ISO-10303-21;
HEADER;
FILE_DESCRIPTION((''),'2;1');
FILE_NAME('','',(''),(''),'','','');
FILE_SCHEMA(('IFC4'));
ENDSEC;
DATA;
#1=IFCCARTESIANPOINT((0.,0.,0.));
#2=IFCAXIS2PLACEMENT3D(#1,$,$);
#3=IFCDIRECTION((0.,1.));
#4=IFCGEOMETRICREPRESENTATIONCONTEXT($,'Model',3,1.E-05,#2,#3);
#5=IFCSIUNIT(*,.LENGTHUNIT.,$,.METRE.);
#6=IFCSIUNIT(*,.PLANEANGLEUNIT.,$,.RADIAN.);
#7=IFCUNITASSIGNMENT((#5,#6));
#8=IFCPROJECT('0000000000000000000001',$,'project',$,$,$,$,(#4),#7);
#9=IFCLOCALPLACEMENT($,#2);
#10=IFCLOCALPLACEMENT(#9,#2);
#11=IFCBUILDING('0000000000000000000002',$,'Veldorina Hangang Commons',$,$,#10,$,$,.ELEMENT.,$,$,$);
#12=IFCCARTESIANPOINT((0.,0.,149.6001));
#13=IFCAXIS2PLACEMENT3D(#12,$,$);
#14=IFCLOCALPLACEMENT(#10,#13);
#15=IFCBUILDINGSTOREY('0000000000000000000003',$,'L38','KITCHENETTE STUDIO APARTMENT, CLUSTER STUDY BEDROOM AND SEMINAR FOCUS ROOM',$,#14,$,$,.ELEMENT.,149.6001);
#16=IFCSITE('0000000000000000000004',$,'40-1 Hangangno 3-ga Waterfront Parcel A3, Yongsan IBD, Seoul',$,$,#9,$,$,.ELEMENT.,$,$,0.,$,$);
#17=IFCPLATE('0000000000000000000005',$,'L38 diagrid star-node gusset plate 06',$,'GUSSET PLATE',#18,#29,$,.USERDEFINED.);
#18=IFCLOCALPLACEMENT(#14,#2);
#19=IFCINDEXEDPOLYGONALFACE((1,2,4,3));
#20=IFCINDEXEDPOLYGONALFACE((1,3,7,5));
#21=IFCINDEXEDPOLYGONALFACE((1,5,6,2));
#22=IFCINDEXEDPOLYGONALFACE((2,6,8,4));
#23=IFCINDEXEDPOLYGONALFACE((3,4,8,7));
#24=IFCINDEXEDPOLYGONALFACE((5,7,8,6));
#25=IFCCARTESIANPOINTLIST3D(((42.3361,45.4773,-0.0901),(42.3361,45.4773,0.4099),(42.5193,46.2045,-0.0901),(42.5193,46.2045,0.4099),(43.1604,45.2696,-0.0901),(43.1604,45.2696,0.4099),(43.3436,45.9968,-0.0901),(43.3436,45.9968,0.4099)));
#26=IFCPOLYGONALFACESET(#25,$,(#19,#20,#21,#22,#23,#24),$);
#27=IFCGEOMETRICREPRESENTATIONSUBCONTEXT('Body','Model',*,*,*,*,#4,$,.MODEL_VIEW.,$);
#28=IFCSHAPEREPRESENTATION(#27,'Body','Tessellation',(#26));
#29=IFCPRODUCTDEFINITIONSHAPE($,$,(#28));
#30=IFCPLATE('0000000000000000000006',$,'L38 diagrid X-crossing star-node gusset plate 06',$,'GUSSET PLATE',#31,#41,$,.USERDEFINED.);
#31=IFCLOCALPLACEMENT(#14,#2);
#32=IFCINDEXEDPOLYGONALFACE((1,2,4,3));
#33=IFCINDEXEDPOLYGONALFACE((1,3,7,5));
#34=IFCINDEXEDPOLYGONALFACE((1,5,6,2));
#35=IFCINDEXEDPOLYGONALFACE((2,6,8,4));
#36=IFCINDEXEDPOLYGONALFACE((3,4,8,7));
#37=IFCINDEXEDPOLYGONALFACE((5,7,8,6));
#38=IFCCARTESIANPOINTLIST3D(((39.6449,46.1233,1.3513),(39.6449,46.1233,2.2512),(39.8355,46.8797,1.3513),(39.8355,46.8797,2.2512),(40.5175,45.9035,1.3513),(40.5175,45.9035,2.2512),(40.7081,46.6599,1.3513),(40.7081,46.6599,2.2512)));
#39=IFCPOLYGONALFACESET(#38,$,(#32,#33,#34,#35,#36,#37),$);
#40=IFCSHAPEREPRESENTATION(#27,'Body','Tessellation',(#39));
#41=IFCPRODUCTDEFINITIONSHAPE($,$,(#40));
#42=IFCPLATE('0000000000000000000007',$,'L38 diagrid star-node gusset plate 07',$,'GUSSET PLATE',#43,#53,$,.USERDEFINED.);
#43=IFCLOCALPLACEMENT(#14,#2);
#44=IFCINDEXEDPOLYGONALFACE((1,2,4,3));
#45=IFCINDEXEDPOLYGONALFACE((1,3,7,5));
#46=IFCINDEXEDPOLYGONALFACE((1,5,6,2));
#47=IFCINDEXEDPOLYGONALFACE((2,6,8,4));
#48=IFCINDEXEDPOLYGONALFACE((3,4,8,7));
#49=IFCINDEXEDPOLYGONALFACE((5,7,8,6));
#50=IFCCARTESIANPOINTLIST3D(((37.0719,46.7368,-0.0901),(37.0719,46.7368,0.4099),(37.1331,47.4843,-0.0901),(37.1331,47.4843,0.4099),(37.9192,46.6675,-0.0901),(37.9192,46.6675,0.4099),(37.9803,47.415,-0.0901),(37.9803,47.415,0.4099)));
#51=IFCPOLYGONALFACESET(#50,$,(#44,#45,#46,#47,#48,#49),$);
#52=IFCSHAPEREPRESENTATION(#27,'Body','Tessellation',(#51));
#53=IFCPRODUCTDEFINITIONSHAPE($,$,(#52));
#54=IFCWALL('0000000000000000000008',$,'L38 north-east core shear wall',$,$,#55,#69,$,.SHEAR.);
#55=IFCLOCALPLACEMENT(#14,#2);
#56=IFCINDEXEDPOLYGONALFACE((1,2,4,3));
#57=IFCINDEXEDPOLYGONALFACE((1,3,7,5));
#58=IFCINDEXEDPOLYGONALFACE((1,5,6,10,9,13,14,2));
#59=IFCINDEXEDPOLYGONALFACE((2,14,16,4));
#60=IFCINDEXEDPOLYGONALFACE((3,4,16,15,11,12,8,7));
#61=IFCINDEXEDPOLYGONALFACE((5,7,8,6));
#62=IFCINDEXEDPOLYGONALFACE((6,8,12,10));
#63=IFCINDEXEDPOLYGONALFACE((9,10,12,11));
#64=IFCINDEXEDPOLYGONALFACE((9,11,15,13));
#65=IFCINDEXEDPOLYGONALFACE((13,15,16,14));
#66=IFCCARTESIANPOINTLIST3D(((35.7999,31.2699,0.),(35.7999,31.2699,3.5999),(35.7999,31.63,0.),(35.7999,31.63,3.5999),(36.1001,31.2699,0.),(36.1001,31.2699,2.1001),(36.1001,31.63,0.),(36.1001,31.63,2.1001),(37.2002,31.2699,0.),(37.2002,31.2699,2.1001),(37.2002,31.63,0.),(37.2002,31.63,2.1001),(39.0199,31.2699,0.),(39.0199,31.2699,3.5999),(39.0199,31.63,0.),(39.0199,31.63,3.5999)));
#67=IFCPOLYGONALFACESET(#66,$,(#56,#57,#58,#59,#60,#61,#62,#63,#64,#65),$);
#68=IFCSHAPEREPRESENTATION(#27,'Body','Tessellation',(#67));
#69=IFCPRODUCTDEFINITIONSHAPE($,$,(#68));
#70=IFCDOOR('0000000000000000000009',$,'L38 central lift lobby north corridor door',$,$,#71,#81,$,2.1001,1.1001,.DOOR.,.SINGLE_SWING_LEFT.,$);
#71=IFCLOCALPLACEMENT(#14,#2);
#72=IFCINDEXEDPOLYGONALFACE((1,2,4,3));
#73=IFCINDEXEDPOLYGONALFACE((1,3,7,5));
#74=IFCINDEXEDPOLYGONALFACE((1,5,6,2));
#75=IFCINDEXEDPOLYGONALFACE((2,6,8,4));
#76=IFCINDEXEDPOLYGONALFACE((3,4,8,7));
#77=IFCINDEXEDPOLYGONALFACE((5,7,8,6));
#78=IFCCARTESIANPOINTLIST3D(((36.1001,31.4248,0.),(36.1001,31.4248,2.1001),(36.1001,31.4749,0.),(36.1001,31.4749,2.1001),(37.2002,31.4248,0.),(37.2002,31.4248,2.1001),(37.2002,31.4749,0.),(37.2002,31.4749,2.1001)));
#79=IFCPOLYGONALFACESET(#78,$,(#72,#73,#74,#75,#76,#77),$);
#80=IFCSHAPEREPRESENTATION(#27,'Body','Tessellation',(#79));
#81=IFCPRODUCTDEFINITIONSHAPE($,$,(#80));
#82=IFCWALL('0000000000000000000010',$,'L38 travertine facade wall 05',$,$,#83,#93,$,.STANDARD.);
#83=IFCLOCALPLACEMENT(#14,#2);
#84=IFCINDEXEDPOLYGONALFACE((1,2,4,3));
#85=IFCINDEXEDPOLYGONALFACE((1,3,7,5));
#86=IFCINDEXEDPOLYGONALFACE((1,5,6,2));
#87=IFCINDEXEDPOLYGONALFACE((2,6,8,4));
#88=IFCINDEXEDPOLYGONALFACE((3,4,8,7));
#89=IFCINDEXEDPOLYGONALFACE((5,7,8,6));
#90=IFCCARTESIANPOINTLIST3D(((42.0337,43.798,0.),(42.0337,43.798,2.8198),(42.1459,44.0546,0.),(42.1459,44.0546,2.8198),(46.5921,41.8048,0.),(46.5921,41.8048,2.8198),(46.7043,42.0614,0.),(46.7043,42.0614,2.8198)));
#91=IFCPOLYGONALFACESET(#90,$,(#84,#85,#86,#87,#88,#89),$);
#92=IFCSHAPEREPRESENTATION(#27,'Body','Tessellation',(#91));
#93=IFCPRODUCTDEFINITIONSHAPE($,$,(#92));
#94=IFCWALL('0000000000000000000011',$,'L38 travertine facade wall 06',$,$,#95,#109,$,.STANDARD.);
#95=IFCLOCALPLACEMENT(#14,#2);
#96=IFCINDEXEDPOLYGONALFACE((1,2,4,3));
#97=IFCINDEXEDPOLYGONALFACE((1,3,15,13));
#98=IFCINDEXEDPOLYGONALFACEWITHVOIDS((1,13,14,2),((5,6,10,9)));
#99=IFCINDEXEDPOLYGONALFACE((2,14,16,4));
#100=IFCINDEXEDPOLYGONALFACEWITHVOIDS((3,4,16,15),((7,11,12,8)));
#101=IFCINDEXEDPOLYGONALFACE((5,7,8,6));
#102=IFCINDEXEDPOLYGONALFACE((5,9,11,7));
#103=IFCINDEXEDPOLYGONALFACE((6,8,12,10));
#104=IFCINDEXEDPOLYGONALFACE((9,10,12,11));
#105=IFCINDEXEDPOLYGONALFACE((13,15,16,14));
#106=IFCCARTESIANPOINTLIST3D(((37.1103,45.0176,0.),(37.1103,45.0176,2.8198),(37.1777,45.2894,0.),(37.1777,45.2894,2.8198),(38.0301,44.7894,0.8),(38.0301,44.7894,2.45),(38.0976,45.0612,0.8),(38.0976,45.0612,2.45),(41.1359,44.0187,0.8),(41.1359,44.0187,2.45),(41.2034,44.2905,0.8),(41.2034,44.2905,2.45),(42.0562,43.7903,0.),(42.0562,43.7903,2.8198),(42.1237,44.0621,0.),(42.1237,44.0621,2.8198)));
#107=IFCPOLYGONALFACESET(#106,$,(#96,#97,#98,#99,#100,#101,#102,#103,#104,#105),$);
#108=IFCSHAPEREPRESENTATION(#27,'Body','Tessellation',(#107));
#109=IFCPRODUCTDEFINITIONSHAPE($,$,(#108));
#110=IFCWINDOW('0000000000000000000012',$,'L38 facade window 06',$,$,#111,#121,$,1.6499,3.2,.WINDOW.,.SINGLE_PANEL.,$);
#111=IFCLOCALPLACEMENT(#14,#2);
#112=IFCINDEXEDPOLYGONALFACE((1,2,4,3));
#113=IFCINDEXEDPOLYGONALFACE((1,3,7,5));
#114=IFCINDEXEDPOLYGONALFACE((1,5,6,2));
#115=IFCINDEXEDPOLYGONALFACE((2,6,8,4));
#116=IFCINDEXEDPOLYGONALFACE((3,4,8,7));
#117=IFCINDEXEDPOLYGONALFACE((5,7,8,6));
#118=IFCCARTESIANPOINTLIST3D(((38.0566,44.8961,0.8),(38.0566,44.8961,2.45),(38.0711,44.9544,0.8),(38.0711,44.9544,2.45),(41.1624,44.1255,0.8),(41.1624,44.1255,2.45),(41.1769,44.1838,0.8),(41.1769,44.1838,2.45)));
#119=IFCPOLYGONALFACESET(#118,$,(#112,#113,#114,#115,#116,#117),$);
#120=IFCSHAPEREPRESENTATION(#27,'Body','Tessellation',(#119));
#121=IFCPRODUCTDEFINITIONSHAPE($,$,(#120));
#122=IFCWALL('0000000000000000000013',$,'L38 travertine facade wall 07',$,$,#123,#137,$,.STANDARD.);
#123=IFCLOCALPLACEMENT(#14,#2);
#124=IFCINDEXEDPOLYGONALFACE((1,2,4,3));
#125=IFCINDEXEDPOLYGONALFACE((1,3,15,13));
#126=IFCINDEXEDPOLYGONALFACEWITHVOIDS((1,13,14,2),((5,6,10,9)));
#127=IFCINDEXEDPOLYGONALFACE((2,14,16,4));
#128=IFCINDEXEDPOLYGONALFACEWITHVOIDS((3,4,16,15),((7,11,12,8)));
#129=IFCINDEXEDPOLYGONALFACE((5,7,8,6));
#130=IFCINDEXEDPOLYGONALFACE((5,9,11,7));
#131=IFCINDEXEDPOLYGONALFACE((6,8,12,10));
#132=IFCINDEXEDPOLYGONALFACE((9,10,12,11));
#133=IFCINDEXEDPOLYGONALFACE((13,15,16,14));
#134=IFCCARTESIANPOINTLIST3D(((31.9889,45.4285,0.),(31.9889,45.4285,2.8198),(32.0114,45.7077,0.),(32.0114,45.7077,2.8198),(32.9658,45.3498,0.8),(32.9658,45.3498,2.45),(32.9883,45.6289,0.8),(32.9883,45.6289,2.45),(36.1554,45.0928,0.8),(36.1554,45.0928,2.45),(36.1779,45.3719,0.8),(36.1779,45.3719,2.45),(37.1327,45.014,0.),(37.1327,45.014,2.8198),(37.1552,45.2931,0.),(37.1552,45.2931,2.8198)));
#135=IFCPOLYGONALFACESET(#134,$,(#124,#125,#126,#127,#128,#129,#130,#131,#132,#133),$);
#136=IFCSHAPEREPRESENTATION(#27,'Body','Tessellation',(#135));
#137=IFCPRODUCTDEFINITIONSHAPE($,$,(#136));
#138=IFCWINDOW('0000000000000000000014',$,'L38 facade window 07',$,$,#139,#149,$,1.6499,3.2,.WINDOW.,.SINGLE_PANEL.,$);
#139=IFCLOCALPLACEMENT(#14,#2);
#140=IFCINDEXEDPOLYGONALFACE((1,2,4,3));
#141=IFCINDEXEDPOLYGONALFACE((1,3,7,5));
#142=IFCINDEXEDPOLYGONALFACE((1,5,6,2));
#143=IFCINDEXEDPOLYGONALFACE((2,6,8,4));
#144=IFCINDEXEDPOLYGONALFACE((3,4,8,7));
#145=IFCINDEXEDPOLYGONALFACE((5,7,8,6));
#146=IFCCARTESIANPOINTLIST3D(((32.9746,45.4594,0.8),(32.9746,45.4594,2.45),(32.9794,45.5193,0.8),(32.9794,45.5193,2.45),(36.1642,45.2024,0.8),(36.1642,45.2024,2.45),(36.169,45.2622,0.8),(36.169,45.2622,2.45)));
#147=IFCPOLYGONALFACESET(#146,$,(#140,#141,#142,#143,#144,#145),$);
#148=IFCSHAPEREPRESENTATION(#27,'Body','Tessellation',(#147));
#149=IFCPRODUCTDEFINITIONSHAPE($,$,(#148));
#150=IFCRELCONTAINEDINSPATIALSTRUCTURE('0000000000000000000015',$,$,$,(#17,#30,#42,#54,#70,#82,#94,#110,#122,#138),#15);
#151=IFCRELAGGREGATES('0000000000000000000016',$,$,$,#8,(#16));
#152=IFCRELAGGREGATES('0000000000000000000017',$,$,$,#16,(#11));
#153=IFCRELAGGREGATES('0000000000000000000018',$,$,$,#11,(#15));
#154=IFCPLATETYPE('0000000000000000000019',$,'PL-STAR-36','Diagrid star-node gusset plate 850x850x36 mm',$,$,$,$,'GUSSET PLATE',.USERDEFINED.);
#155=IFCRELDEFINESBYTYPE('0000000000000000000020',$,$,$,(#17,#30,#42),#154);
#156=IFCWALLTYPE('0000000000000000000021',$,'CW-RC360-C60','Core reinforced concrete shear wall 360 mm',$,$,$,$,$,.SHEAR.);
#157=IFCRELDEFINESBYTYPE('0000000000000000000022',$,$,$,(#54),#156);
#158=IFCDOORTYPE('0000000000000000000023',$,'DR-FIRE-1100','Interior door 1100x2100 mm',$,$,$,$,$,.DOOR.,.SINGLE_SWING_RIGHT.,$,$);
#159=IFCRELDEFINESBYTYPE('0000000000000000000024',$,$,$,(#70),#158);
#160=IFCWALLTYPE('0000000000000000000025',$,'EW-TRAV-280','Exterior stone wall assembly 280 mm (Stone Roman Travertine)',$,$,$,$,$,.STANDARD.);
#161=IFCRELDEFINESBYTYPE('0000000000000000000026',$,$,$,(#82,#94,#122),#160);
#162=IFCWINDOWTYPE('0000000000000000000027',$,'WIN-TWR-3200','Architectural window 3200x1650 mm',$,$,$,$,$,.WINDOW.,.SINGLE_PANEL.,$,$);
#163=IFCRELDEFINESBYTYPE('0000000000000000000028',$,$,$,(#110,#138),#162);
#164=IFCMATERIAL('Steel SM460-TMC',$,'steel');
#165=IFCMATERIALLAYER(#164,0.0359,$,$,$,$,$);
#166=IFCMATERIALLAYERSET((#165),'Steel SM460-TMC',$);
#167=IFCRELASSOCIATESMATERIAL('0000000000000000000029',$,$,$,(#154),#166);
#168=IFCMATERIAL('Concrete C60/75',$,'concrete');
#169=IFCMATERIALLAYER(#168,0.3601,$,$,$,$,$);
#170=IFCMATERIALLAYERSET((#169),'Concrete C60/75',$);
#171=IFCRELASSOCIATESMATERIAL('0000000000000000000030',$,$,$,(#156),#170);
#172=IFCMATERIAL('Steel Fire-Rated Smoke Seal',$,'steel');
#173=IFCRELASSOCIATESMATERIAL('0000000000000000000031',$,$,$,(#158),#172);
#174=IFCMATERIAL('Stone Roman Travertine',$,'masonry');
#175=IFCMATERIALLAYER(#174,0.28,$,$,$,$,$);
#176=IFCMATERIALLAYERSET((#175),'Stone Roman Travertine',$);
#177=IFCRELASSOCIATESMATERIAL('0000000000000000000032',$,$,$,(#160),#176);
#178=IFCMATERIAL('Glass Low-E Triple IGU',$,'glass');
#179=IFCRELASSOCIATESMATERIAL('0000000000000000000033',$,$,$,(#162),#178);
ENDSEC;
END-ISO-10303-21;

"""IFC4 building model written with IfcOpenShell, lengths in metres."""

from ifc_helpers import new_model, si_unit, direction, frame, frame_2d, origin, origin_2d, place, context, subcontext, project, spatial, rectangle, extrude, material, layer, layer_set, type_object, element, fill, save


model = new_model("IFC4")

# Units and contexts
model_context = context("Model", 3, precision=1e-05, world=origin(), true_north=direction((0.0, 1.0)))
body_context = subcontext(model_context, "Body", "Model", "MODEL_VIEW")
ifc_project = project(units=[si_unit("LENGTHUNIT", "METRE"), si_unit("PLANEANGLEUNIT", "RADIAN")], contexts=[model_context])

# Site, building, storey
site_placement = place(None, origin())
site = spatial("IfcSite", under=ifc_project, at=site_placement, Name="40-1 Hangangno 3-ga Waterfront Parcel A3, Yongsan IBD, Seoul", CompositionType="ELEMENT", RefElevation=0.0)
building_placement = place(site_placement, origin())
building = spatial("IfcBuilding", under=site, at=building_placement, Name="Veldorina Hangang Commons", CompositionType="ELEMENT")
storey_placement = place(building_placement, frame((0.0, 0.0, 149.6001)))
storey = spatial("IfcBuildingStorey", under=building, at=storey_placement, Name="L38", Description="KITCHENETTE STUDIO APARTMENT, CLUSTER STUDY BEDROOM AND SEMINAR FOCUS ROOM", CompositionType="ELEMENT", Elevation=149.6001)

# Plates
ifc_material_1 = material(Name="Steel SM460-TMC", Category="steel")
ifc_layer_1 = layer(ifc_material_1, 0.0359)
ifc_layer_set_1 = layer_set([ifc_layer_1], Name="Steel SM460-TMC")
plate_type = type_object("IfcPlateType", Name="PL-STAR-36", Description="Diagrid star-node gusset plate 850x850x36 mm", ElementType="GUSSET PLATE", PredefinedType="USERDEFINED", material=ifc_layer_set_1)
plate_1_placement = place(storey_placement, frame((42.8398, 45.7371, -0.0901), z_axis=(0.0, 0.0, 1.0), x_axis=(-0.969693, 0.244326, 0.0)))
element("IfcPlate", 1, at=plate_1_placement, inside=storey, type_object=plate_type, Name="L38 diagrid star-node gusset plate 06", ObjectType="GUSSET PLATE", PredefinedType="USERDEFINED", context=body_context, shape_type="SweptSolid", body=[
    extrude(rectangle(XDim=0.8501, YDim=0.75, at=origin_2d()), origin(), (0.0, 0.0, 1.0), 0.5),
])
plate_2_placement = place(storey_placement, frame((40.1765, 46.3916, 1.3513), z_axis=(0.0, 0.0, 1.0), x_axis=(-0.969693, 0.244326, 0.0)))
element("IfcPlate", 2, at=plate_2_placement, inside=storey, type_object=plate_type, Name="L38 diagrid X-crossing star-node gusset plate 06", ObjectType="GUSSET PLATE", PredefinedType="USERDEFINED", context=body_context, shape_type="SweptSolid", body=[
    extrude(rectangle(XDim=0.8999, YDim=0.78, at=origin_2d()), origin(), (0.0, 0.0, 1.0), 0.8999),
])
plate_3_placement = place(storey_placement, frame((37.5261, 47.0759, -0.0901), z_axis=(0.0, 0.0, 1.0), x_axis=(-0.99667, 0.081538, 0.0)))
element("IfcPlate", 3, at=plate_3_placement, inside=storey, type_object=plate_type, Name="L38 diagrid star-node gusset plate 07", ObjectType="GUSSET PLATE", PredefinedType="USERDEFINED", context=body_context, shape_type="SweptSolid", body=[
    extrude(rectangle(XDim=0.8501, YDim=0.75, at=origin_2d()), origin(), (0.0, 0.0, 1.0), 0.5),
])

# Wall, opening, door
ifc_material_2 = material(Name="Concrete C60/75", Category="concrete")
ifc_layer_2 = layer(ifc_material_2, 0.3601)
ifc_layer_set_2 = layer_set([ifc_layer_2], Name="Concrete C60/75")
wall_type_1 = type_object("IfcWallType", Name="CW-RC360-C60", Description="Core reinforced concrete shear wall 360 mm", PredefinedType="SHEAR", material=ifc_layer_set_2)
wall_1_placement = place(storey_placement, frame((35.8, 31.45, 0.0), z_axis=(0.0, 0.0, 1.0), x_axis=(1.0, 0.0, 0.0)))
wall_1 = element("IfcWall", 4, at=wall_1_placement, inside=storey, type_object=wall_type_1, Name="L38 north-east core shear wall", PredefinedType="SHEAR", context=body_context, shape_type="SweptSolid", body=[
    extrude(rectangle(XDim=3.22, YDim=0.3601, at=frame_2d((1.6099, 0.0))), origin(), (0.0, 0.0, 1.0), 3.5999),
])
opening_1_placement = place(wall_1_placement, frame((0.3, 0.0, 0.0)))
opening_1 = element("IfcOpeningElement", 5, at=opening_1_placement, cuts=wall_1, PredefinedType="OPENING", context=body_context, shape_type="SweptSolid", body=[
    extrude(rectangle(XDim=1.1001, YDim=2.1001, at=frame_2d((0.55, 1.05))), frame((0.0, 0.1899, 0.0), z_axis=(0.0, -1.0, 0.0), x_axis=(1.0, 0.0, 0.0)), (0.0, 0.0, 1.0), 0.3801),
])
ifc_material_3 = material(Name="Steel Fire-Rated Smoke Seal", Category="steel")
door_type_1 = type_object("IfcDoorType", Name="DR-FIRE-1100", Description="Interior door 1100x2100 mm", OperationType="SINGLE_SWING_RIGHT", PredefinedType="DOOR", material=ifc_material_3)
door_1_placement = place(opening_1_placement, origin())
door_1 = element("IfcDoor", 6, at=door_1_placement, inside=storey, type_object=door_type_1, Name="L38 central lift lobby north corridor door", OperationType="SINGLE_SWING_LEFT", OverallHeight=2.1001, OverallWidth=1.1001, PredefinedType="DOOR", context=body_context, shape_type="SweptSolid", body=[
    extrude(rectangle(XDim=1.1001, YDim=2.1001, at=frame_2d((0.55, 1.05))), frame((0.0, 0.0249, 0.0), z_axis=(0.0, -1.0, 0.0), x_axis=(1.0, 0.0, 0.0)), (0.0, 0.0, 1.0), 0.05),
])
fill(opening_1, door_1)

# Wall
ifc_material_4 = material(Name="Stone Roman Travertine", Category="masonry")
ifc_layer_3 = layer(ifc_material_4, 0.28)
ifc_layer_set_3 = layer_set([ifc_layer_3], Name="Stone Roman Travertine")
wall_type_2 = type_object("IfcWallType", Name="EW-TRAV-280", Description="Exterior stone wall assembly 280 mm (Stone Roman Travertine)", PredefinedType="STANDARD", material=ifc_layer_set_3)
wall_2_placement = place(storey_placement, frame((46.6482, 41.9331, 0.0), z_axis=(0.0, 0.0, 1.0), x_axis=(-0.91624, 0.400631, 0.0)))
element("IfcWall", 7, at=wall_2_placement, inside=storey, type_object=wall_type_2, Name="L38 travertine facade wall 05", PredefinedType="STANDARD", context=body_context, shape_type="SweptSolid", body=[
    extrude(rectangle(XDim=4.9751, YDim=0.28, at=frame_2d((2.4875, 0.0))), origin(), (0.0, 0.0, 1.0), 2.8198),
])

# Walls, openings, windows
wall_3_placement = place(storey_placement, frame((42.0898, 43.9263, 0.0), z_axis=(0.0, 0.0, 1.0), x_axis=(-0.970567, 0.240833, 0.0)))
wall_3 = element("IfcWall", 8, at=wall_3_placement, inside=storey, type_object=wall_type_2, Name="L38 travertine facade wall 06", PredefinedType="STANDARD", context=body_context, shape_type="SweptSolid", body=[
    extrude(rectangle(XDim=5.0959, YDim=0.28, at=frame_2d((2.5479, 0.0))), origin(), (0.0, 0.0, 1.0), 2.8198),
])
opening_2_placement = place(wall_3_placement, frame((0.948, 0.0, 0.8)))
opening_2 = element("IfcOpeningElement", 9, at=opening_2_placement, cuts=wall_3, PredefinedType="OPENING", context=body_context, shape_type="SweptSolid", body=[
    extrude(rectangle(XDim=3.2, YDim=1.6499, at=frame_2d((1.6001, 0.825))), frame((0.0, 0.1499, 0.0), z_axis=(0.0, -1.0, 0.0), x_axis=(1.0, 0.0, 0.0)), (0.0, 0.0, 1.0), 0.3),
])
ifc_material_5 = material(Name="Glass Low-E Triple IGU", Category="glass")
window_type = type_object("IfcWindowType", Name="WIN-TWR-3200", Description="Architectural window 3200x1650 mm", PartitioningType="SINGLE_PANEL", PredefinedType="WINDOW", material=ifc_material_5)
window_1_placement = place(opening_2_placement, origin())
window_1 = element("IfcWindow", 10, at=window_1_placement, inside=storey, type_object=window_type, Name="L38 facade window 06", OverallHeight=1.6499, OverallWidth=3.2, PartitioningType="SINGLE_PANEL", PredefinedType="WINDOW", context=body_context, shape_type="SweptSolid", body=[
    extrude(rectangle(XDim=3.2, YDim=1.6499, at=frame_2d((1.6001, 0.825))), frame((0.0, 0.03, 0.0), z_axis=(0.0, -1.0, 0.0), x_axis=(1.0, 0.0, 0.0)), (0.0, 0.0, 1.0), 0.0601),
])
fill(opening_2, window_1)
wall_4_placement = place(storey_placement, frame((37.1438, 45.1536, 0.0), z_axis=(0.0, 0.0, 1.0), x_axis=(-0.996768, 0.080332, 0.0)))
wall_4 = element("IfcWall", 11, at=wall_4_placement, inside=storey, type_object=wall_type_2, Name="L38 travertine facade wall 07", PredefinedType="STANDARD", context=body_context, shape_type="SweptSolid", body=[
    extrude(rectangle(XDim=5.1604, YDim=0.28, at=frame_2d((2.5801, 0.0))), origin(), (0.0, 0.0, 1.0), 2.8198),
])
opening_3_placement = place(wall_4_placement, frame((0.9802, 0.0, 0.8)))
opening_3 = element("IfcOpeningElement", 12, at=opening_3_placement, cuts=wall_4, PredefinedType="OPENING", context=body_context, shape_type="SweptSolid", body=[
    extrude(rectangle(XDim=3.2, YDim=1.6499, at=frame_2d((1.6001, 0.825))), frame((0.0, 0.1499, 0.0), z_axis=(0.0, -1.0, 0.0), x_axis=(1.0, 0.0, 0.0)), (0.0, 0.0, 1.0), 0.3),
])
window_2_placement = place(opening_3_placement, origin())
window_2 = element("IfcWindow", 13, at=window_2_placement, inside=storey, type_object=window_type, Name="L38 facade window 07", OverallHeight=1.6499, OverallWidth=3.2, PartitioningType="SINGLE_PANEL", PredefinedType="WINDOW", context=body_context, shape_type="SweptSolid", body=[
    extrude(rectangle(XDim=3.2, YDim=1.6499, at=frame_2d((1.6001, 0.825))), frame((0.0, 0.03, 0.0), z_axis=(0.0, -1.0, 0.0), x_axis=(1.0, 0.0, 0.0)), (0.0, 0.0, 1.0), 0.0601),
])
fill(opening_3, window_2)

save(model, "model.ifc")
